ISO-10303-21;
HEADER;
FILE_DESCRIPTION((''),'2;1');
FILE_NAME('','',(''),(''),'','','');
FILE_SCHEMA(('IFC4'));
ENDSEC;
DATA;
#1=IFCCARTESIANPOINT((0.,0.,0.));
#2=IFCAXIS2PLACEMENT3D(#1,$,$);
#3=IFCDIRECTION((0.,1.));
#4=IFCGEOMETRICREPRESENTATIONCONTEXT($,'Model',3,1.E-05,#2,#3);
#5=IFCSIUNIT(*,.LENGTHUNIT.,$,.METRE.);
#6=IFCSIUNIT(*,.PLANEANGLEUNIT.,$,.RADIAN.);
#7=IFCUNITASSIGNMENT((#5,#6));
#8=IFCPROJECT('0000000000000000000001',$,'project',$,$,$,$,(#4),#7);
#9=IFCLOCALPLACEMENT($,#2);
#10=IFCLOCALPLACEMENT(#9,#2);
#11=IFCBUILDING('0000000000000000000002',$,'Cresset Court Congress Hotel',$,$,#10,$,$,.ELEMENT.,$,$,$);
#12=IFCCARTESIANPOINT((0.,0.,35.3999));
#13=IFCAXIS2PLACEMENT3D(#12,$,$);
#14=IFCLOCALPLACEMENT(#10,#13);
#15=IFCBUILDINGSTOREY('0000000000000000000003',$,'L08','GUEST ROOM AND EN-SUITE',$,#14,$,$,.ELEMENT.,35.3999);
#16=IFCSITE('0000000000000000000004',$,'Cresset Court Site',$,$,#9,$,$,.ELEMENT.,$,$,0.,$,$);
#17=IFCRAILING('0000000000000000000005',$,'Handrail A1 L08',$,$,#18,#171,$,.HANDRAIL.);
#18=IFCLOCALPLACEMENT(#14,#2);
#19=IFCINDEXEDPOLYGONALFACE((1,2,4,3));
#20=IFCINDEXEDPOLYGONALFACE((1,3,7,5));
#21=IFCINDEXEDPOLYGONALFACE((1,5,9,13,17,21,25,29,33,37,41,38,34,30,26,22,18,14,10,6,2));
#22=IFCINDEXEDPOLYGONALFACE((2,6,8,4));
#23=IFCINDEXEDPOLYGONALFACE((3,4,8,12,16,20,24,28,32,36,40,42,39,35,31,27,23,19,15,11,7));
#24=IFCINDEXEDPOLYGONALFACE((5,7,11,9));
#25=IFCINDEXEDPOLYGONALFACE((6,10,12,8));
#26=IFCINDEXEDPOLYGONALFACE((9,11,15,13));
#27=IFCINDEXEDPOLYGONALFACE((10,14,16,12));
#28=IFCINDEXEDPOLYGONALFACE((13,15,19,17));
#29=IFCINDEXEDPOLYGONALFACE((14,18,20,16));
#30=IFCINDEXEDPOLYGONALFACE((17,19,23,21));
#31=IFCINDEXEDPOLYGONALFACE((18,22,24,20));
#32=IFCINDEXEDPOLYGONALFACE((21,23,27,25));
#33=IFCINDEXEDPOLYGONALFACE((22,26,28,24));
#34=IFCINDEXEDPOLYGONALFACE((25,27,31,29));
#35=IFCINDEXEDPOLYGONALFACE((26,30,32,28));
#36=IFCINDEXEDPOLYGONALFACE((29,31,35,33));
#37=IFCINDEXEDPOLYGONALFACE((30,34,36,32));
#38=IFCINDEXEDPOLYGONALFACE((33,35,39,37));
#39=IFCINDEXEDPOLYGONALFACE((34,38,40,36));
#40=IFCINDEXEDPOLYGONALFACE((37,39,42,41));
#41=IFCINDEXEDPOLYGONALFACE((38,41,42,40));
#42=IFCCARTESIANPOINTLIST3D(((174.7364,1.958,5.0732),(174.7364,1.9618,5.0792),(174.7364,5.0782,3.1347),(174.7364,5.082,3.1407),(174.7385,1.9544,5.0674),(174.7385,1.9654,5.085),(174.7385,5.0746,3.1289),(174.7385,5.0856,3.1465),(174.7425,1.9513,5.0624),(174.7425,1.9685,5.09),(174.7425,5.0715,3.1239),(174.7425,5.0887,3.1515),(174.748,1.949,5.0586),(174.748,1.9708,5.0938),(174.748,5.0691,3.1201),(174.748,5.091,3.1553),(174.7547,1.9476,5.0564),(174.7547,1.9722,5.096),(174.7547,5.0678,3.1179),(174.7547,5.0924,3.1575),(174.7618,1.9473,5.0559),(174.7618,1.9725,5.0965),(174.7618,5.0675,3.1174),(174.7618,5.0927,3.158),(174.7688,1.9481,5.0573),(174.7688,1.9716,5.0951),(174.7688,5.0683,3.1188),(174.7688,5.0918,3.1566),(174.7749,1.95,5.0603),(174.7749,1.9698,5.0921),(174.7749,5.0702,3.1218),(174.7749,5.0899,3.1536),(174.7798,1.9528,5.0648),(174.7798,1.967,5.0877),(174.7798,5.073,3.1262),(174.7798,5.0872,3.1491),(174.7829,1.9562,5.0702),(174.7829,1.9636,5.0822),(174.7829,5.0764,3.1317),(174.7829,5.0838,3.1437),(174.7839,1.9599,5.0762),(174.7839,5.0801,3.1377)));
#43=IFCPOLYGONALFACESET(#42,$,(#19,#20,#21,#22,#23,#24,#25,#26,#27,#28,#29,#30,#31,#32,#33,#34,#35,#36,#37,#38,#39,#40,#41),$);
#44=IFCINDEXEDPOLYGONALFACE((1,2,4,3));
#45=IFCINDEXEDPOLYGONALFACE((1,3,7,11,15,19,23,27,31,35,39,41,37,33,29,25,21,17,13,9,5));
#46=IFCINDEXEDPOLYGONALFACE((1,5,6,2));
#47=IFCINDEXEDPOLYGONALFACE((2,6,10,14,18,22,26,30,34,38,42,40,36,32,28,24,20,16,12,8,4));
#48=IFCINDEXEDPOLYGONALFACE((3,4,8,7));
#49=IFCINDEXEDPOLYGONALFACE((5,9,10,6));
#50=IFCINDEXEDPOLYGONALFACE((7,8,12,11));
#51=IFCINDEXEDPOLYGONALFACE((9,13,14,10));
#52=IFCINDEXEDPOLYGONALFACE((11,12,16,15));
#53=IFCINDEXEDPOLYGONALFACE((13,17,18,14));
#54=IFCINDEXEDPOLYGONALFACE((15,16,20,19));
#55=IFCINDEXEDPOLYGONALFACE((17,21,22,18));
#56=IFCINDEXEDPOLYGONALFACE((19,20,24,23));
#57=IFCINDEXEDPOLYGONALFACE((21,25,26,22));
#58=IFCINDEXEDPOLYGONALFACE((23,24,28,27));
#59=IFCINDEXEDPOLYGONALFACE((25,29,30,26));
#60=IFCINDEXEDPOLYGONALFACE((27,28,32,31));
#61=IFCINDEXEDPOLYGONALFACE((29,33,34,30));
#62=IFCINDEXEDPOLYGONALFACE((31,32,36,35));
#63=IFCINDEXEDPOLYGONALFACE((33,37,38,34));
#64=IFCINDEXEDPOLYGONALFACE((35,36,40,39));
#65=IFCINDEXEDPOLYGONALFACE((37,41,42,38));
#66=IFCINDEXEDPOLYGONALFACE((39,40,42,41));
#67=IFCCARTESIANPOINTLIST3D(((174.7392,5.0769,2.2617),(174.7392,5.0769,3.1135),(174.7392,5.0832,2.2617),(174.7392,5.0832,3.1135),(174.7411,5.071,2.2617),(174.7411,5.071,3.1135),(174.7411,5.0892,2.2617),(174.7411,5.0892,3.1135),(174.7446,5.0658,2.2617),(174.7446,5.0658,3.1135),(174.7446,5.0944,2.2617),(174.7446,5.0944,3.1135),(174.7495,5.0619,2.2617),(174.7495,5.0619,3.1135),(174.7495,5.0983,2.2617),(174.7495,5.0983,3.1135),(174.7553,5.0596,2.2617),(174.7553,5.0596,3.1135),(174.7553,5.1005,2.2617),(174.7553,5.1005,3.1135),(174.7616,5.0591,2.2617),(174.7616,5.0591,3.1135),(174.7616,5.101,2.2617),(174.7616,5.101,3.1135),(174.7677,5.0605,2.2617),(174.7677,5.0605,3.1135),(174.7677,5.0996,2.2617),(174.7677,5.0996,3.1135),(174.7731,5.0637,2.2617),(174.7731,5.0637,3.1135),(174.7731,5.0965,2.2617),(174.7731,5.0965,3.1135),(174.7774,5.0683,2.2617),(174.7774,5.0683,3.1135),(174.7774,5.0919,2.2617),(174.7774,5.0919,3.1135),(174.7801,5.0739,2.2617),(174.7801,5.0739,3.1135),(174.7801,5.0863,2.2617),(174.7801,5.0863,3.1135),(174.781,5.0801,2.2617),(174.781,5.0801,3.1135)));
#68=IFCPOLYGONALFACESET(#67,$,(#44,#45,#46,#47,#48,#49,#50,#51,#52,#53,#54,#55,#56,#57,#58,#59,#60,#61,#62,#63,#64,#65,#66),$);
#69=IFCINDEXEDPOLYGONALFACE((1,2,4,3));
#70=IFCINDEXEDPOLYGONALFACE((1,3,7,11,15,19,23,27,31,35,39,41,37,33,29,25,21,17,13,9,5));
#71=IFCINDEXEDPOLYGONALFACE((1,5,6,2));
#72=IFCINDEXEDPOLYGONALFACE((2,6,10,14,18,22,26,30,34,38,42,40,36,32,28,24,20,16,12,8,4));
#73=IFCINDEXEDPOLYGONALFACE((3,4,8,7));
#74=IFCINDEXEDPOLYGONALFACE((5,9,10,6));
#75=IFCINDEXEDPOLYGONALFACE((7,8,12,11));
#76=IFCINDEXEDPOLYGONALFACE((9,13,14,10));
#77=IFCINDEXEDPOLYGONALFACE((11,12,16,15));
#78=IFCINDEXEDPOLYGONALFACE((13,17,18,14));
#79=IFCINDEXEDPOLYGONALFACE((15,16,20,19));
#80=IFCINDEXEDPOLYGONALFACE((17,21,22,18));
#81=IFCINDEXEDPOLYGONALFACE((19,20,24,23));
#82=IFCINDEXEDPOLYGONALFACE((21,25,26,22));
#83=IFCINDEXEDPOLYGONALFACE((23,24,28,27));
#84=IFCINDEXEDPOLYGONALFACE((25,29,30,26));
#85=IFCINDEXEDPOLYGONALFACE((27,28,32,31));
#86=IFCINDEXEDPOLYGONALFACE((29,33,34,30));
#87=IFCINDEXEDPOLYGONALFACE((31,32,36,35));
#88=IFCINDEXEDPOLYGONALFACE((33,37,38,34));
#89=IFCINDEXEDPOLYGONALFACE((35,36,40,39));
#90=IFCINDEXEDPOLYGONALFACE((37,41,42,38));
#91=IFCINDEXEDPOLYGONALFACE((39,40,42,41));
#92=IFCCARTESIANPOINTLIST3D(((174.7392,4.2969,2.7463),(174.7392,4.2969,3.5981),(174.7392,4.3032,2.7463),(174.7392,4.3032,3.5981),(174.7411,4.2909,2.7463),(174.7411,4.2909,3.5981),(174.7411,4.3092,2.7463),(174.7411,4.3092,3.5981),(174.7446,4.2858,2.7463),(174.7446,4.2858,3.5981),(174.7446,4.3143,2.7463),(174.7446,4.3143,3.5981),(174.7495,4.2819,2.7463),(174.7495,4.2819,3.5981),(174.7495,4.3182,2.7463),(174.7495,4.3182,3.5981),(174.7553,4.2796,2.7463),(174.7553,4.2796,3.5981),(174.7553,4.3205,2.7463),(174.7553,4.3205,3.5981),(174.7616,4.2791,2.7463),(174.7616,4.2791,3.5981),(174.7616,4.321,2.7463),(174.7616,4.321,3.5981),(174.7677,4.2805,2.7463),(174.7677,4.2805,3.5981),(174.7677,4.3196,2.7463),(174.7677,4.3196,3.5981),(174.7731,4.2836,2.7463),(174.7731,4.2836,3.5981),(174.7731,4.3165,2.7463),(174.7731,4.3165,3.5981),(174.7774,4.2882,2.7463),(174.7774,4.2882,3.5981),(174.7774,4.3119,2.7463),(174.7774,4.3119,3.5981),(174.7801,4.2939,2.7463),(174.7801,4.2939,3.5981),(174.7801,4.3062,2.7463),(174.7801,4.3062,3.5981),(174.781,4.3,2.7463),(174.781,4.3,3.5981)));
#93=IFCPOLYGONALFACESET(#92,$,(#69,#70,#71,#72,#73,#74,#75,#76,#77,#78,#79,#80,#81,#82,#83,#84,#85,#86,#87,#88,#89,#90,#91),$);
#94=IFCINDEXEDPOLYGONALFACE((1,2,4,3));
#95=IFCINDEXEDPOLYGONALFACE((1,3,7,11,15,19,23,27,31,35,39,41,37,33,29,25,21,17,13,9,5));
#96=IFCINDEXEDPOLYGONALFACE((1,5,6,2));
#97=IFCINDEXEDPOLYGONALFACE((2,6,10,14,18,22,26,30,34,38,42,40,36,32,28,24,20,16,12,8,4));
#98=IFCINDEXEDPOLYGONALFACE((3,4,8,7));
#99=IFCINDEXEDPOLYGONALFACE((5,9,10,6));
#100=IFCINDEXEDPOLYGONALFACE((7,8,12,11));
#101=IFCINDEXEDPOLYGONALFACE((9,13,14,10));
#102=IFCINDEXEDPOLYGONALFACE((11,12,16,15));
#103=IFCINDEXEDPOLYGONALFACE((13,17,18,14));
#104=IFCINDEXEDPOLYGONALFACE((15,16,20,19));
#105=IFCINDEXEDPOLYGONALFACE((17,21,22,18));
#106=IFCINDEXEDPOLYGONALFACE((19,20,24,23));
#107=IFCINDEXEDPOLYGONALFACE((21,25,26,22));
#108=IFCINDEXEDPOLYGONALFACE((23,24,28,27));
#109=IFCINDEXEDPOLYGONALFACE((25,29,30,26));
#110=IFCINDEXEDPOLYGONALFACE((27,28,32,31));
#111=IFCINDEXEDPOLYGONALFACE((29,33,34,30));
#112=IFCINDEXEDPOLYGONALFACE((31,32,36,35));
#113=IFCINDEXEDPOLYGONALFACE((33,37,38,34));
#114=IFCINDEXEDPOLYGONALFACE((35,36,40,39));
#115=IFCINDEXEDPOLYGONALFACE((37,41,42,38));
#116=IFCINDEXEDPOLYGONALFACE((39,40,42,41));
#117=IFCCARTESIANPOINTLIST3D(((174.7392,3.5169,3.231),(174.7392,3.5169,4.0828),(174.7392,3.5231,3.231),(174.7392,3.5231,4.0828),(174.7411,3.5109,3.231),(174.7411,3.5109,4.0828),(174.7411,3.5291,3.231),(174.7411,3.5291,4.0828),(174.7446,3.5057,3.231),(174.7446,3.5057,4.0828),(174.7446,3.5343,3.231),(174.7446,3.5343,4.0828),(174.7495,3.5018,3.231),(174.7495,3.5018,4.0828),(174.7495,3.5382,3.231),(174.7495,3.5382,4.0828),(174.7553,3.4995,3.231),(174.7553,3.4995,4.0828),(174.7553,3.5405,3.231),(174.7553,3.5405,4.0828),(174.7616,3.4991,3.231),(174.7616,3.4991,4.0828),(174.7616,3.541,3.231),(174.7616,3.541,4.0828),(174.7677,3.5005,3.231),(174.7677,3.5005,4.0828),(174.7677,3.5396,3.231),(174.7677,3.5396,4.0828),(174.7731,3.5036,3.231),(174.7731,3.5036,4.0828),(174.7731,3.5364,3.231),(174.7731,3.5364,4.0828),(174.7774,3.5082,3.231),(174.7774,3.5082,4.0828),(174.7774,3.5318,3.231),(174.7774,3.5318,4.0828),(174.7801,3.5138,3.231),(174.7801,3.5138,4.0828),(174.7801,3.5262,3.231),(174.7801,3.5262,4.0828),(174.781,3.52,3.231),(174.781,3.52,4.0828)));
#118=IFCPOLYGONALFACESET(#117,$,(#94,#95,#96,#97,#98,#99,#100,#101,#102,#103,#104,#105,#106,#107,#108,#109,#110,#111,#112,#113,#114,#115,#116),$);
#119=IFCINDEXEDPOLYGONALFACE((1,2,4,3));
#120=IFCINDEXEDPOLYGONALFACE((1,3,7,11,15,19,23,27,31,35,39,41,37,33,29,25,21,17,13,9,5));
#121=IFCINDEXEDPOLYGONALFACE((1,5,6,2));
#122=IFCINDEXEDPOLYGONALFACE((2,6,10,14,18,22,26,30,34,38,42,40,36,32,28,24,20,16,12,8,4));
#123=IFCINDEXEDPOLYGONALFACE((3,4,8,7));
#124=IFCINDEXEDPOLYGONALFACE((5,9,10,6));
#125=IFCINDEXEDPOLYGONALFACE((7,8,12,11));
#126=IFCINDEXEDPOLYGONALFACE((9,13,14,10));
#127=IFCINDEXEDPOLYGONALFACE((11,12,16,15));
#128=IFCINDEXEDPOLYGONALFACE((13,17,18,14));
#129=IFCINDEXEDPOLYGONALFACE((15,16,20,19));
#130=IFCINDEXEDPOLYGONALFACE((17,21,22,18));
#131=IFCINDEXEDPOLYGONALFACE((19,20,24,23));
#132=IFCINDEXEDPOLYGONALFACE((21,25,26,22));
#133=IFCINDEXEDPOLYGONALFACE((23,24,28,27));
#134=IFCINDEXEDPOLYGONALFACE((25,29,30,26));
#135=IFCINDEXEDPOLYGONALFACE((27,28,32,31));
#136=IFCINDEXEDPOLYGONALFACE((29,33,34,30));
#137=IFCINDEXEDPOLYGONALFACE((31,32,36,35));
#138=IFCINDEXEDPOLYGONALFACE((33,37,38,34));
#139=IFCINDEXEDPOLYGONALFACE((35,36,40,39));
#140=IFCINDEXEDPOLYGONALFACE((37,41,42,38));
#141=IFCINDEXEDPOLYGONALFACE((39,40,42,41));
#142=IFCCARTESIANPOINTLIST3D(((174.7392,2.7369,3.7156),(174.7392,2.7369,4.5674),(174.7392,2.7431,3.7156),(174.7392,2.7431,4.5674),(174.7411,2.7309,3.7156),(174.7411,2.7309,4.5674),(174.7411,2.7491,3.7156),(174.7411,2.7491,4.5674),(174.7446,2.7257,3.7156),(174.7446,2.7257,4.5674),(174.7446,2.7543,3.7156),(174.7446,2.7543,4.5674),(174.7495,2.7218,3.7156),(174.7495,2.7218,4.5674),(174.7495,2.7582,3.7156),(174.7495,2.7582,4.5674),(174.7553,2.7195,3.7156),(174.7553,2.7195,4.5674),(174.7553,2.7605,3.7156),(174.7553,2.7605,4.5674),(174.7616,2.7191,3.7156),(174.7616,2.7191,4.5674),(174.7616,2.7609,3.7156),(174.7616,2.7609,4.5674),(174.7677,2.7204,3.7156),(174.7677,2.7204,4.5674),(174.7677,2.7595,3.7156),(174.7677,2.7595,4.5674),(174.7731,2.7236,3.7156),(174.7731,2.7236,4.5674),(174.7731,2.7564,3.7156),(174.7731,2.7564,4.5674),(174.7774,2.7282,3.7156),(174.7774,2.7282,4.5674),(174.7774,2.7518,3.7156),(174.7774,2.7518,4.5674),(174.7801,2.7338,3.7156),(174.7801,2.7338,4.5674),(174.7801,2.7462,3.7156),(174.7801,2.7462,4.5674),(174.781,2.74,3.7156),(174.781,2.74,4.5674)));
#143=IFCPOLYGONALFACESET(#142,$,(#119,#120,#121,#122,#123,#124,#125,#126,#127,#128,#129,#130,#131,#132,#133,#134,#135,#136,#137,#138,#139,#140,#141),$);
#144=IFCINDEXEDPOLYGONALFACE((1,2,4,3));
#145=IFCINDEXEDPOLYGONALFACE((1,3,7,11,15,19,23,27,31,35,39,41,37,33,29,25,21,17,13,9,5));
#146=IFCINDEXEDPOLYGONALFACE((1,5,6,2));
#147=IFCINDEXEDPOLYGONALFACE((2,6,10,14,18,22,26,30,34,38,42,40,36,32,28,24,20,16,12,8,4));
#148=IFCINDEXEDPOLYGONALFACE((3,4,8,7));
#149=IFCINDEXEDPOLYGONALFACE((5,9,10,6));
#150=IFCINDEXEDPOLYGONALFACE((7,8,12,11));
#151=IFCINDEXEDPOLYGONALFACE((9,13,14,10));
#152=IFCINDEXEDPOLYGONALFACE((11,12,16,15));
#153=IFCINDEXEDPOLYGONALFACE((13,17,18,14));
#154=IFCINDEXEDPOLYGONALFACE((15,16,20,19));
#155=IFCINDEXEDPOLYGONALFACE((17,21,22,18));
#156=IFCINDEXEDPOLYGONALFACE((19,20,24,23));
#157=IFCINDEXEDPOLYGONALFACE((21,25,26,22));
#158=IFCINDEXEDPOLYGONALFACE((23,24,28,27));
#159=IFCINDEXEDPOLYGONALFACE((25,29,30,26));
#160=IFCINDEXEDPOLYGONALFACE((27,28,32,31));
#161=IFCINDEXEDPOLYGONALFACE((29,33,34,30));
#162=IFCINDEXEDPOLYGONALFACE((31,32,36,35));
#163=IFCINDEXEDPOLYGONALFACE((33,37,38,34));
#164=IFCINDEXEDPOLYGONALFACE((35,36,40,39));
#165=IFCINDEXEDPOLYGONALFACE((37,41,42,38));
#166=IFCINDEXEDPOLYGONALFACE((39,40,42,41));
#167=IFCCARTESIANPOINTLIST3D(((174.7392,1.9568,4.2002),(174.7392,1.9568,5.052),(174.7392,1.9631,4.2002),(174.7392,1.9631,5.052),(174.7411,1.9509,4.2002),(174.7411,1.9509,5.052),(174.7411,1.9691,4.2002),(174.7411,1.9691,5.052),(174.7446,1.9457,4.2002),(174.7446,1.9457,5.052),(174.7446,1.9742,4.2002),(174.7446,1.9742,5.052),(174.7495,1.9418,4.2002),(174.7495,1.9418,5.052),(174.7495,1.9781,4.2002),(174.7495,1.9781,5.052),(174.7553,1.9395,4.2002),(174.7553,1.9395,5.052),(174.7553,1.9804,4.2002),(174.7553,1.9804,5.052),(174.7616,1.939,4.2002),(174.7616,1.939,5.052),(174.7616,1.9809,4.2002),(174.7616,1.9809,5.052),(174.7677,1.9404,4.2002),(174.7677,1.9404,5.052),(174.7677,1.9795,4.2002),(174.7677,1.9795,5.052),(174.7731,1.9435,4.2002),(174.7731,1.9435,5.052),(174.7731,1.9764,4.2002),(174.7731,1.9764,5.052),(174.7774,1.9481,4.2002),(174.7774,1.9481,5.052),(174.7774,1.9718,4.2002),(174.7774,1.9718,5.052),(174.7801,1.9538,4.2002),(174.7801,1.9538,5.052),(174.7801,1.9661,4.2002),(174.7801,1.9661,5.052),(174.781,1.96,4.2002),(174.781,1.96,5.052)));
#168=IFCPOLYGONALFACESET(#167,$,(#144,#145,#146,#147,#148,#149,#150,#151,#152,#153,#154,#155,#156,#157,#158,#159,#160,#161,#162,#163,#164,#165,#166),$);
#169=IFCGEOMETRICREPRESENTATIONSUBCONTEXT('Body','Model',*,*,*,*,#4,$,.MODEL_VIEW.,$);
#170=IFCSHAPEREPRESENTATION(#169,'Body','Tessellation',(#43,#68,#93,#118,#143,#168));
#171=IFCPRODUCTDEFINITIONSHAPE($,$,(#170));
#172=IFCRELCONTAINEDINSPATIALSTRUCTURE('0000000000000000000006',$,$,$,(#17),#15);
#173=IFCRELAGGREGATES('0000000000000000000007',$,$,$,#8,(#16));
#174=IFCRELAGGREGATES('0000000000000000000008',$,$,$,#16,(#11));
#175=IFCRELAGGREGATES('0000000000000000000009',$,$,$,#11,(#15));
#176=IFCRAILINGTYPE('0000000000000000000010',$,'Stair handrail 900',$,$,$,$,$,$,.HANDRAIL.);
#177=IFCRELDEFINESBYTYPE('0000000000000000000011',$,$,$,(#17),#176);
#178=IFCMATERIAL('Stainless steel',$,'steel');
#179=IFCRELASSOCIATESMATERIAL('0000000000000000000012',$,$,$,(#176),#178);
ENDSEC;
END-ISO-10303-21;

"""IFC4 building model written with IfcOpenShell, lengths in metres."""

from ifc_helpers import new_model, si_unit, direction, frame, origin, origin_2d, place, context, subcontext, project, spatial, circle, extrude, material, type_object, element, save


model = new_model("IFC4")

# Units and contexts
model_context = context("Model", 3, precision=1e-05, world=origin(), true_north=direction((0.0, 1.0)))
body_context = subcontext(model_context, "Body", "Model", "MODEL_VIEW")
ifc_project = project(units=[si_unit("LENGTHUNIT", "METRE"), si_unit("PLANEANGLEUNIT", "RADIAN")], contexts=[model_context])

# Site, building, storey
site_placement = place(None, origin())
site = spatial("IfcSite", under=ifc_project, at=site_placement, Name="Cresset Court Site", CompositionType="ELEMENT", RefElevation=0.0)
building_placement = place(site_placement, origin())
building = spatial("IfcBuilding", under=site, at=building_placement, Name="Cresset Court Congress Hotel", CompositionType="ELEMENT")
storey_placement = place(building_placement, frame((0.0, 0.0, 35.3999)))
storey = spatial("IfcBuildingStorey", under=building, at=storey_placement, Name="L08", Description="GUEST ROOM AND EN-SUITE", CompositionType="ELEMENT", Elevation=35.3999)

# Railing
ifc_material_1 = material(Name="Stainless steel", Category="steel")
railing_type_1 = type_object("IfcRailingType", Name="Stair handrail 900", PredefinedType="HANDRAIL", material=ifc_material_1)
for number, where, name in (
    (1, (174.76, 5.0801, 2.2617), "Handrail A1 L08"),
):
    element("IfcRailing", number, at=place(storey_placement, frame(where)), inside=storey, type_object=railing_type_1, Name=name, PredefinedType="HANDRAIL", context=body_context, shape_type="SweptSolid", body=[
        extrude(circle(Radius=0.0239, at=origin_2d()), frame((0.0, 0.0, 0.876), z_axis=(0.0, -0.849414, 0.527727), x_axis=(1.0, 0.0, 0.0)), (0.0, 0.0, 1.0), 3.6733),
        extrude(circle(Radius=0.021, at=origin_2d()), origin(), (0.0, 0.0, 1.0), 0.8518),
        extrude(circle(Radius=0.021, at=origin_2d()), frame((0.0, -0.78, 0.4846)), (0.0, 0.0, 1.0), 0.8518),
        extrude(circle(Radius=0.021, at=origin_2d()), frame((0.0, -1.5601, 0.9692)), (0.0, 0.0, 1.0), 0.8518),
        extrude(circle(Radius=0.021, at=origin_2d()), frame((0.0, -2.3401, 1.4539)), (0.0, 0.0, 1.0), 0.8518),
        extrude(circle(Radius=0.021, at=origin_2d()), frame((0.0, -3.1201, 1.9385)), (0.0, 0.0, 1.0), 0.8518),
    ])

save(model, "model.ifc")
